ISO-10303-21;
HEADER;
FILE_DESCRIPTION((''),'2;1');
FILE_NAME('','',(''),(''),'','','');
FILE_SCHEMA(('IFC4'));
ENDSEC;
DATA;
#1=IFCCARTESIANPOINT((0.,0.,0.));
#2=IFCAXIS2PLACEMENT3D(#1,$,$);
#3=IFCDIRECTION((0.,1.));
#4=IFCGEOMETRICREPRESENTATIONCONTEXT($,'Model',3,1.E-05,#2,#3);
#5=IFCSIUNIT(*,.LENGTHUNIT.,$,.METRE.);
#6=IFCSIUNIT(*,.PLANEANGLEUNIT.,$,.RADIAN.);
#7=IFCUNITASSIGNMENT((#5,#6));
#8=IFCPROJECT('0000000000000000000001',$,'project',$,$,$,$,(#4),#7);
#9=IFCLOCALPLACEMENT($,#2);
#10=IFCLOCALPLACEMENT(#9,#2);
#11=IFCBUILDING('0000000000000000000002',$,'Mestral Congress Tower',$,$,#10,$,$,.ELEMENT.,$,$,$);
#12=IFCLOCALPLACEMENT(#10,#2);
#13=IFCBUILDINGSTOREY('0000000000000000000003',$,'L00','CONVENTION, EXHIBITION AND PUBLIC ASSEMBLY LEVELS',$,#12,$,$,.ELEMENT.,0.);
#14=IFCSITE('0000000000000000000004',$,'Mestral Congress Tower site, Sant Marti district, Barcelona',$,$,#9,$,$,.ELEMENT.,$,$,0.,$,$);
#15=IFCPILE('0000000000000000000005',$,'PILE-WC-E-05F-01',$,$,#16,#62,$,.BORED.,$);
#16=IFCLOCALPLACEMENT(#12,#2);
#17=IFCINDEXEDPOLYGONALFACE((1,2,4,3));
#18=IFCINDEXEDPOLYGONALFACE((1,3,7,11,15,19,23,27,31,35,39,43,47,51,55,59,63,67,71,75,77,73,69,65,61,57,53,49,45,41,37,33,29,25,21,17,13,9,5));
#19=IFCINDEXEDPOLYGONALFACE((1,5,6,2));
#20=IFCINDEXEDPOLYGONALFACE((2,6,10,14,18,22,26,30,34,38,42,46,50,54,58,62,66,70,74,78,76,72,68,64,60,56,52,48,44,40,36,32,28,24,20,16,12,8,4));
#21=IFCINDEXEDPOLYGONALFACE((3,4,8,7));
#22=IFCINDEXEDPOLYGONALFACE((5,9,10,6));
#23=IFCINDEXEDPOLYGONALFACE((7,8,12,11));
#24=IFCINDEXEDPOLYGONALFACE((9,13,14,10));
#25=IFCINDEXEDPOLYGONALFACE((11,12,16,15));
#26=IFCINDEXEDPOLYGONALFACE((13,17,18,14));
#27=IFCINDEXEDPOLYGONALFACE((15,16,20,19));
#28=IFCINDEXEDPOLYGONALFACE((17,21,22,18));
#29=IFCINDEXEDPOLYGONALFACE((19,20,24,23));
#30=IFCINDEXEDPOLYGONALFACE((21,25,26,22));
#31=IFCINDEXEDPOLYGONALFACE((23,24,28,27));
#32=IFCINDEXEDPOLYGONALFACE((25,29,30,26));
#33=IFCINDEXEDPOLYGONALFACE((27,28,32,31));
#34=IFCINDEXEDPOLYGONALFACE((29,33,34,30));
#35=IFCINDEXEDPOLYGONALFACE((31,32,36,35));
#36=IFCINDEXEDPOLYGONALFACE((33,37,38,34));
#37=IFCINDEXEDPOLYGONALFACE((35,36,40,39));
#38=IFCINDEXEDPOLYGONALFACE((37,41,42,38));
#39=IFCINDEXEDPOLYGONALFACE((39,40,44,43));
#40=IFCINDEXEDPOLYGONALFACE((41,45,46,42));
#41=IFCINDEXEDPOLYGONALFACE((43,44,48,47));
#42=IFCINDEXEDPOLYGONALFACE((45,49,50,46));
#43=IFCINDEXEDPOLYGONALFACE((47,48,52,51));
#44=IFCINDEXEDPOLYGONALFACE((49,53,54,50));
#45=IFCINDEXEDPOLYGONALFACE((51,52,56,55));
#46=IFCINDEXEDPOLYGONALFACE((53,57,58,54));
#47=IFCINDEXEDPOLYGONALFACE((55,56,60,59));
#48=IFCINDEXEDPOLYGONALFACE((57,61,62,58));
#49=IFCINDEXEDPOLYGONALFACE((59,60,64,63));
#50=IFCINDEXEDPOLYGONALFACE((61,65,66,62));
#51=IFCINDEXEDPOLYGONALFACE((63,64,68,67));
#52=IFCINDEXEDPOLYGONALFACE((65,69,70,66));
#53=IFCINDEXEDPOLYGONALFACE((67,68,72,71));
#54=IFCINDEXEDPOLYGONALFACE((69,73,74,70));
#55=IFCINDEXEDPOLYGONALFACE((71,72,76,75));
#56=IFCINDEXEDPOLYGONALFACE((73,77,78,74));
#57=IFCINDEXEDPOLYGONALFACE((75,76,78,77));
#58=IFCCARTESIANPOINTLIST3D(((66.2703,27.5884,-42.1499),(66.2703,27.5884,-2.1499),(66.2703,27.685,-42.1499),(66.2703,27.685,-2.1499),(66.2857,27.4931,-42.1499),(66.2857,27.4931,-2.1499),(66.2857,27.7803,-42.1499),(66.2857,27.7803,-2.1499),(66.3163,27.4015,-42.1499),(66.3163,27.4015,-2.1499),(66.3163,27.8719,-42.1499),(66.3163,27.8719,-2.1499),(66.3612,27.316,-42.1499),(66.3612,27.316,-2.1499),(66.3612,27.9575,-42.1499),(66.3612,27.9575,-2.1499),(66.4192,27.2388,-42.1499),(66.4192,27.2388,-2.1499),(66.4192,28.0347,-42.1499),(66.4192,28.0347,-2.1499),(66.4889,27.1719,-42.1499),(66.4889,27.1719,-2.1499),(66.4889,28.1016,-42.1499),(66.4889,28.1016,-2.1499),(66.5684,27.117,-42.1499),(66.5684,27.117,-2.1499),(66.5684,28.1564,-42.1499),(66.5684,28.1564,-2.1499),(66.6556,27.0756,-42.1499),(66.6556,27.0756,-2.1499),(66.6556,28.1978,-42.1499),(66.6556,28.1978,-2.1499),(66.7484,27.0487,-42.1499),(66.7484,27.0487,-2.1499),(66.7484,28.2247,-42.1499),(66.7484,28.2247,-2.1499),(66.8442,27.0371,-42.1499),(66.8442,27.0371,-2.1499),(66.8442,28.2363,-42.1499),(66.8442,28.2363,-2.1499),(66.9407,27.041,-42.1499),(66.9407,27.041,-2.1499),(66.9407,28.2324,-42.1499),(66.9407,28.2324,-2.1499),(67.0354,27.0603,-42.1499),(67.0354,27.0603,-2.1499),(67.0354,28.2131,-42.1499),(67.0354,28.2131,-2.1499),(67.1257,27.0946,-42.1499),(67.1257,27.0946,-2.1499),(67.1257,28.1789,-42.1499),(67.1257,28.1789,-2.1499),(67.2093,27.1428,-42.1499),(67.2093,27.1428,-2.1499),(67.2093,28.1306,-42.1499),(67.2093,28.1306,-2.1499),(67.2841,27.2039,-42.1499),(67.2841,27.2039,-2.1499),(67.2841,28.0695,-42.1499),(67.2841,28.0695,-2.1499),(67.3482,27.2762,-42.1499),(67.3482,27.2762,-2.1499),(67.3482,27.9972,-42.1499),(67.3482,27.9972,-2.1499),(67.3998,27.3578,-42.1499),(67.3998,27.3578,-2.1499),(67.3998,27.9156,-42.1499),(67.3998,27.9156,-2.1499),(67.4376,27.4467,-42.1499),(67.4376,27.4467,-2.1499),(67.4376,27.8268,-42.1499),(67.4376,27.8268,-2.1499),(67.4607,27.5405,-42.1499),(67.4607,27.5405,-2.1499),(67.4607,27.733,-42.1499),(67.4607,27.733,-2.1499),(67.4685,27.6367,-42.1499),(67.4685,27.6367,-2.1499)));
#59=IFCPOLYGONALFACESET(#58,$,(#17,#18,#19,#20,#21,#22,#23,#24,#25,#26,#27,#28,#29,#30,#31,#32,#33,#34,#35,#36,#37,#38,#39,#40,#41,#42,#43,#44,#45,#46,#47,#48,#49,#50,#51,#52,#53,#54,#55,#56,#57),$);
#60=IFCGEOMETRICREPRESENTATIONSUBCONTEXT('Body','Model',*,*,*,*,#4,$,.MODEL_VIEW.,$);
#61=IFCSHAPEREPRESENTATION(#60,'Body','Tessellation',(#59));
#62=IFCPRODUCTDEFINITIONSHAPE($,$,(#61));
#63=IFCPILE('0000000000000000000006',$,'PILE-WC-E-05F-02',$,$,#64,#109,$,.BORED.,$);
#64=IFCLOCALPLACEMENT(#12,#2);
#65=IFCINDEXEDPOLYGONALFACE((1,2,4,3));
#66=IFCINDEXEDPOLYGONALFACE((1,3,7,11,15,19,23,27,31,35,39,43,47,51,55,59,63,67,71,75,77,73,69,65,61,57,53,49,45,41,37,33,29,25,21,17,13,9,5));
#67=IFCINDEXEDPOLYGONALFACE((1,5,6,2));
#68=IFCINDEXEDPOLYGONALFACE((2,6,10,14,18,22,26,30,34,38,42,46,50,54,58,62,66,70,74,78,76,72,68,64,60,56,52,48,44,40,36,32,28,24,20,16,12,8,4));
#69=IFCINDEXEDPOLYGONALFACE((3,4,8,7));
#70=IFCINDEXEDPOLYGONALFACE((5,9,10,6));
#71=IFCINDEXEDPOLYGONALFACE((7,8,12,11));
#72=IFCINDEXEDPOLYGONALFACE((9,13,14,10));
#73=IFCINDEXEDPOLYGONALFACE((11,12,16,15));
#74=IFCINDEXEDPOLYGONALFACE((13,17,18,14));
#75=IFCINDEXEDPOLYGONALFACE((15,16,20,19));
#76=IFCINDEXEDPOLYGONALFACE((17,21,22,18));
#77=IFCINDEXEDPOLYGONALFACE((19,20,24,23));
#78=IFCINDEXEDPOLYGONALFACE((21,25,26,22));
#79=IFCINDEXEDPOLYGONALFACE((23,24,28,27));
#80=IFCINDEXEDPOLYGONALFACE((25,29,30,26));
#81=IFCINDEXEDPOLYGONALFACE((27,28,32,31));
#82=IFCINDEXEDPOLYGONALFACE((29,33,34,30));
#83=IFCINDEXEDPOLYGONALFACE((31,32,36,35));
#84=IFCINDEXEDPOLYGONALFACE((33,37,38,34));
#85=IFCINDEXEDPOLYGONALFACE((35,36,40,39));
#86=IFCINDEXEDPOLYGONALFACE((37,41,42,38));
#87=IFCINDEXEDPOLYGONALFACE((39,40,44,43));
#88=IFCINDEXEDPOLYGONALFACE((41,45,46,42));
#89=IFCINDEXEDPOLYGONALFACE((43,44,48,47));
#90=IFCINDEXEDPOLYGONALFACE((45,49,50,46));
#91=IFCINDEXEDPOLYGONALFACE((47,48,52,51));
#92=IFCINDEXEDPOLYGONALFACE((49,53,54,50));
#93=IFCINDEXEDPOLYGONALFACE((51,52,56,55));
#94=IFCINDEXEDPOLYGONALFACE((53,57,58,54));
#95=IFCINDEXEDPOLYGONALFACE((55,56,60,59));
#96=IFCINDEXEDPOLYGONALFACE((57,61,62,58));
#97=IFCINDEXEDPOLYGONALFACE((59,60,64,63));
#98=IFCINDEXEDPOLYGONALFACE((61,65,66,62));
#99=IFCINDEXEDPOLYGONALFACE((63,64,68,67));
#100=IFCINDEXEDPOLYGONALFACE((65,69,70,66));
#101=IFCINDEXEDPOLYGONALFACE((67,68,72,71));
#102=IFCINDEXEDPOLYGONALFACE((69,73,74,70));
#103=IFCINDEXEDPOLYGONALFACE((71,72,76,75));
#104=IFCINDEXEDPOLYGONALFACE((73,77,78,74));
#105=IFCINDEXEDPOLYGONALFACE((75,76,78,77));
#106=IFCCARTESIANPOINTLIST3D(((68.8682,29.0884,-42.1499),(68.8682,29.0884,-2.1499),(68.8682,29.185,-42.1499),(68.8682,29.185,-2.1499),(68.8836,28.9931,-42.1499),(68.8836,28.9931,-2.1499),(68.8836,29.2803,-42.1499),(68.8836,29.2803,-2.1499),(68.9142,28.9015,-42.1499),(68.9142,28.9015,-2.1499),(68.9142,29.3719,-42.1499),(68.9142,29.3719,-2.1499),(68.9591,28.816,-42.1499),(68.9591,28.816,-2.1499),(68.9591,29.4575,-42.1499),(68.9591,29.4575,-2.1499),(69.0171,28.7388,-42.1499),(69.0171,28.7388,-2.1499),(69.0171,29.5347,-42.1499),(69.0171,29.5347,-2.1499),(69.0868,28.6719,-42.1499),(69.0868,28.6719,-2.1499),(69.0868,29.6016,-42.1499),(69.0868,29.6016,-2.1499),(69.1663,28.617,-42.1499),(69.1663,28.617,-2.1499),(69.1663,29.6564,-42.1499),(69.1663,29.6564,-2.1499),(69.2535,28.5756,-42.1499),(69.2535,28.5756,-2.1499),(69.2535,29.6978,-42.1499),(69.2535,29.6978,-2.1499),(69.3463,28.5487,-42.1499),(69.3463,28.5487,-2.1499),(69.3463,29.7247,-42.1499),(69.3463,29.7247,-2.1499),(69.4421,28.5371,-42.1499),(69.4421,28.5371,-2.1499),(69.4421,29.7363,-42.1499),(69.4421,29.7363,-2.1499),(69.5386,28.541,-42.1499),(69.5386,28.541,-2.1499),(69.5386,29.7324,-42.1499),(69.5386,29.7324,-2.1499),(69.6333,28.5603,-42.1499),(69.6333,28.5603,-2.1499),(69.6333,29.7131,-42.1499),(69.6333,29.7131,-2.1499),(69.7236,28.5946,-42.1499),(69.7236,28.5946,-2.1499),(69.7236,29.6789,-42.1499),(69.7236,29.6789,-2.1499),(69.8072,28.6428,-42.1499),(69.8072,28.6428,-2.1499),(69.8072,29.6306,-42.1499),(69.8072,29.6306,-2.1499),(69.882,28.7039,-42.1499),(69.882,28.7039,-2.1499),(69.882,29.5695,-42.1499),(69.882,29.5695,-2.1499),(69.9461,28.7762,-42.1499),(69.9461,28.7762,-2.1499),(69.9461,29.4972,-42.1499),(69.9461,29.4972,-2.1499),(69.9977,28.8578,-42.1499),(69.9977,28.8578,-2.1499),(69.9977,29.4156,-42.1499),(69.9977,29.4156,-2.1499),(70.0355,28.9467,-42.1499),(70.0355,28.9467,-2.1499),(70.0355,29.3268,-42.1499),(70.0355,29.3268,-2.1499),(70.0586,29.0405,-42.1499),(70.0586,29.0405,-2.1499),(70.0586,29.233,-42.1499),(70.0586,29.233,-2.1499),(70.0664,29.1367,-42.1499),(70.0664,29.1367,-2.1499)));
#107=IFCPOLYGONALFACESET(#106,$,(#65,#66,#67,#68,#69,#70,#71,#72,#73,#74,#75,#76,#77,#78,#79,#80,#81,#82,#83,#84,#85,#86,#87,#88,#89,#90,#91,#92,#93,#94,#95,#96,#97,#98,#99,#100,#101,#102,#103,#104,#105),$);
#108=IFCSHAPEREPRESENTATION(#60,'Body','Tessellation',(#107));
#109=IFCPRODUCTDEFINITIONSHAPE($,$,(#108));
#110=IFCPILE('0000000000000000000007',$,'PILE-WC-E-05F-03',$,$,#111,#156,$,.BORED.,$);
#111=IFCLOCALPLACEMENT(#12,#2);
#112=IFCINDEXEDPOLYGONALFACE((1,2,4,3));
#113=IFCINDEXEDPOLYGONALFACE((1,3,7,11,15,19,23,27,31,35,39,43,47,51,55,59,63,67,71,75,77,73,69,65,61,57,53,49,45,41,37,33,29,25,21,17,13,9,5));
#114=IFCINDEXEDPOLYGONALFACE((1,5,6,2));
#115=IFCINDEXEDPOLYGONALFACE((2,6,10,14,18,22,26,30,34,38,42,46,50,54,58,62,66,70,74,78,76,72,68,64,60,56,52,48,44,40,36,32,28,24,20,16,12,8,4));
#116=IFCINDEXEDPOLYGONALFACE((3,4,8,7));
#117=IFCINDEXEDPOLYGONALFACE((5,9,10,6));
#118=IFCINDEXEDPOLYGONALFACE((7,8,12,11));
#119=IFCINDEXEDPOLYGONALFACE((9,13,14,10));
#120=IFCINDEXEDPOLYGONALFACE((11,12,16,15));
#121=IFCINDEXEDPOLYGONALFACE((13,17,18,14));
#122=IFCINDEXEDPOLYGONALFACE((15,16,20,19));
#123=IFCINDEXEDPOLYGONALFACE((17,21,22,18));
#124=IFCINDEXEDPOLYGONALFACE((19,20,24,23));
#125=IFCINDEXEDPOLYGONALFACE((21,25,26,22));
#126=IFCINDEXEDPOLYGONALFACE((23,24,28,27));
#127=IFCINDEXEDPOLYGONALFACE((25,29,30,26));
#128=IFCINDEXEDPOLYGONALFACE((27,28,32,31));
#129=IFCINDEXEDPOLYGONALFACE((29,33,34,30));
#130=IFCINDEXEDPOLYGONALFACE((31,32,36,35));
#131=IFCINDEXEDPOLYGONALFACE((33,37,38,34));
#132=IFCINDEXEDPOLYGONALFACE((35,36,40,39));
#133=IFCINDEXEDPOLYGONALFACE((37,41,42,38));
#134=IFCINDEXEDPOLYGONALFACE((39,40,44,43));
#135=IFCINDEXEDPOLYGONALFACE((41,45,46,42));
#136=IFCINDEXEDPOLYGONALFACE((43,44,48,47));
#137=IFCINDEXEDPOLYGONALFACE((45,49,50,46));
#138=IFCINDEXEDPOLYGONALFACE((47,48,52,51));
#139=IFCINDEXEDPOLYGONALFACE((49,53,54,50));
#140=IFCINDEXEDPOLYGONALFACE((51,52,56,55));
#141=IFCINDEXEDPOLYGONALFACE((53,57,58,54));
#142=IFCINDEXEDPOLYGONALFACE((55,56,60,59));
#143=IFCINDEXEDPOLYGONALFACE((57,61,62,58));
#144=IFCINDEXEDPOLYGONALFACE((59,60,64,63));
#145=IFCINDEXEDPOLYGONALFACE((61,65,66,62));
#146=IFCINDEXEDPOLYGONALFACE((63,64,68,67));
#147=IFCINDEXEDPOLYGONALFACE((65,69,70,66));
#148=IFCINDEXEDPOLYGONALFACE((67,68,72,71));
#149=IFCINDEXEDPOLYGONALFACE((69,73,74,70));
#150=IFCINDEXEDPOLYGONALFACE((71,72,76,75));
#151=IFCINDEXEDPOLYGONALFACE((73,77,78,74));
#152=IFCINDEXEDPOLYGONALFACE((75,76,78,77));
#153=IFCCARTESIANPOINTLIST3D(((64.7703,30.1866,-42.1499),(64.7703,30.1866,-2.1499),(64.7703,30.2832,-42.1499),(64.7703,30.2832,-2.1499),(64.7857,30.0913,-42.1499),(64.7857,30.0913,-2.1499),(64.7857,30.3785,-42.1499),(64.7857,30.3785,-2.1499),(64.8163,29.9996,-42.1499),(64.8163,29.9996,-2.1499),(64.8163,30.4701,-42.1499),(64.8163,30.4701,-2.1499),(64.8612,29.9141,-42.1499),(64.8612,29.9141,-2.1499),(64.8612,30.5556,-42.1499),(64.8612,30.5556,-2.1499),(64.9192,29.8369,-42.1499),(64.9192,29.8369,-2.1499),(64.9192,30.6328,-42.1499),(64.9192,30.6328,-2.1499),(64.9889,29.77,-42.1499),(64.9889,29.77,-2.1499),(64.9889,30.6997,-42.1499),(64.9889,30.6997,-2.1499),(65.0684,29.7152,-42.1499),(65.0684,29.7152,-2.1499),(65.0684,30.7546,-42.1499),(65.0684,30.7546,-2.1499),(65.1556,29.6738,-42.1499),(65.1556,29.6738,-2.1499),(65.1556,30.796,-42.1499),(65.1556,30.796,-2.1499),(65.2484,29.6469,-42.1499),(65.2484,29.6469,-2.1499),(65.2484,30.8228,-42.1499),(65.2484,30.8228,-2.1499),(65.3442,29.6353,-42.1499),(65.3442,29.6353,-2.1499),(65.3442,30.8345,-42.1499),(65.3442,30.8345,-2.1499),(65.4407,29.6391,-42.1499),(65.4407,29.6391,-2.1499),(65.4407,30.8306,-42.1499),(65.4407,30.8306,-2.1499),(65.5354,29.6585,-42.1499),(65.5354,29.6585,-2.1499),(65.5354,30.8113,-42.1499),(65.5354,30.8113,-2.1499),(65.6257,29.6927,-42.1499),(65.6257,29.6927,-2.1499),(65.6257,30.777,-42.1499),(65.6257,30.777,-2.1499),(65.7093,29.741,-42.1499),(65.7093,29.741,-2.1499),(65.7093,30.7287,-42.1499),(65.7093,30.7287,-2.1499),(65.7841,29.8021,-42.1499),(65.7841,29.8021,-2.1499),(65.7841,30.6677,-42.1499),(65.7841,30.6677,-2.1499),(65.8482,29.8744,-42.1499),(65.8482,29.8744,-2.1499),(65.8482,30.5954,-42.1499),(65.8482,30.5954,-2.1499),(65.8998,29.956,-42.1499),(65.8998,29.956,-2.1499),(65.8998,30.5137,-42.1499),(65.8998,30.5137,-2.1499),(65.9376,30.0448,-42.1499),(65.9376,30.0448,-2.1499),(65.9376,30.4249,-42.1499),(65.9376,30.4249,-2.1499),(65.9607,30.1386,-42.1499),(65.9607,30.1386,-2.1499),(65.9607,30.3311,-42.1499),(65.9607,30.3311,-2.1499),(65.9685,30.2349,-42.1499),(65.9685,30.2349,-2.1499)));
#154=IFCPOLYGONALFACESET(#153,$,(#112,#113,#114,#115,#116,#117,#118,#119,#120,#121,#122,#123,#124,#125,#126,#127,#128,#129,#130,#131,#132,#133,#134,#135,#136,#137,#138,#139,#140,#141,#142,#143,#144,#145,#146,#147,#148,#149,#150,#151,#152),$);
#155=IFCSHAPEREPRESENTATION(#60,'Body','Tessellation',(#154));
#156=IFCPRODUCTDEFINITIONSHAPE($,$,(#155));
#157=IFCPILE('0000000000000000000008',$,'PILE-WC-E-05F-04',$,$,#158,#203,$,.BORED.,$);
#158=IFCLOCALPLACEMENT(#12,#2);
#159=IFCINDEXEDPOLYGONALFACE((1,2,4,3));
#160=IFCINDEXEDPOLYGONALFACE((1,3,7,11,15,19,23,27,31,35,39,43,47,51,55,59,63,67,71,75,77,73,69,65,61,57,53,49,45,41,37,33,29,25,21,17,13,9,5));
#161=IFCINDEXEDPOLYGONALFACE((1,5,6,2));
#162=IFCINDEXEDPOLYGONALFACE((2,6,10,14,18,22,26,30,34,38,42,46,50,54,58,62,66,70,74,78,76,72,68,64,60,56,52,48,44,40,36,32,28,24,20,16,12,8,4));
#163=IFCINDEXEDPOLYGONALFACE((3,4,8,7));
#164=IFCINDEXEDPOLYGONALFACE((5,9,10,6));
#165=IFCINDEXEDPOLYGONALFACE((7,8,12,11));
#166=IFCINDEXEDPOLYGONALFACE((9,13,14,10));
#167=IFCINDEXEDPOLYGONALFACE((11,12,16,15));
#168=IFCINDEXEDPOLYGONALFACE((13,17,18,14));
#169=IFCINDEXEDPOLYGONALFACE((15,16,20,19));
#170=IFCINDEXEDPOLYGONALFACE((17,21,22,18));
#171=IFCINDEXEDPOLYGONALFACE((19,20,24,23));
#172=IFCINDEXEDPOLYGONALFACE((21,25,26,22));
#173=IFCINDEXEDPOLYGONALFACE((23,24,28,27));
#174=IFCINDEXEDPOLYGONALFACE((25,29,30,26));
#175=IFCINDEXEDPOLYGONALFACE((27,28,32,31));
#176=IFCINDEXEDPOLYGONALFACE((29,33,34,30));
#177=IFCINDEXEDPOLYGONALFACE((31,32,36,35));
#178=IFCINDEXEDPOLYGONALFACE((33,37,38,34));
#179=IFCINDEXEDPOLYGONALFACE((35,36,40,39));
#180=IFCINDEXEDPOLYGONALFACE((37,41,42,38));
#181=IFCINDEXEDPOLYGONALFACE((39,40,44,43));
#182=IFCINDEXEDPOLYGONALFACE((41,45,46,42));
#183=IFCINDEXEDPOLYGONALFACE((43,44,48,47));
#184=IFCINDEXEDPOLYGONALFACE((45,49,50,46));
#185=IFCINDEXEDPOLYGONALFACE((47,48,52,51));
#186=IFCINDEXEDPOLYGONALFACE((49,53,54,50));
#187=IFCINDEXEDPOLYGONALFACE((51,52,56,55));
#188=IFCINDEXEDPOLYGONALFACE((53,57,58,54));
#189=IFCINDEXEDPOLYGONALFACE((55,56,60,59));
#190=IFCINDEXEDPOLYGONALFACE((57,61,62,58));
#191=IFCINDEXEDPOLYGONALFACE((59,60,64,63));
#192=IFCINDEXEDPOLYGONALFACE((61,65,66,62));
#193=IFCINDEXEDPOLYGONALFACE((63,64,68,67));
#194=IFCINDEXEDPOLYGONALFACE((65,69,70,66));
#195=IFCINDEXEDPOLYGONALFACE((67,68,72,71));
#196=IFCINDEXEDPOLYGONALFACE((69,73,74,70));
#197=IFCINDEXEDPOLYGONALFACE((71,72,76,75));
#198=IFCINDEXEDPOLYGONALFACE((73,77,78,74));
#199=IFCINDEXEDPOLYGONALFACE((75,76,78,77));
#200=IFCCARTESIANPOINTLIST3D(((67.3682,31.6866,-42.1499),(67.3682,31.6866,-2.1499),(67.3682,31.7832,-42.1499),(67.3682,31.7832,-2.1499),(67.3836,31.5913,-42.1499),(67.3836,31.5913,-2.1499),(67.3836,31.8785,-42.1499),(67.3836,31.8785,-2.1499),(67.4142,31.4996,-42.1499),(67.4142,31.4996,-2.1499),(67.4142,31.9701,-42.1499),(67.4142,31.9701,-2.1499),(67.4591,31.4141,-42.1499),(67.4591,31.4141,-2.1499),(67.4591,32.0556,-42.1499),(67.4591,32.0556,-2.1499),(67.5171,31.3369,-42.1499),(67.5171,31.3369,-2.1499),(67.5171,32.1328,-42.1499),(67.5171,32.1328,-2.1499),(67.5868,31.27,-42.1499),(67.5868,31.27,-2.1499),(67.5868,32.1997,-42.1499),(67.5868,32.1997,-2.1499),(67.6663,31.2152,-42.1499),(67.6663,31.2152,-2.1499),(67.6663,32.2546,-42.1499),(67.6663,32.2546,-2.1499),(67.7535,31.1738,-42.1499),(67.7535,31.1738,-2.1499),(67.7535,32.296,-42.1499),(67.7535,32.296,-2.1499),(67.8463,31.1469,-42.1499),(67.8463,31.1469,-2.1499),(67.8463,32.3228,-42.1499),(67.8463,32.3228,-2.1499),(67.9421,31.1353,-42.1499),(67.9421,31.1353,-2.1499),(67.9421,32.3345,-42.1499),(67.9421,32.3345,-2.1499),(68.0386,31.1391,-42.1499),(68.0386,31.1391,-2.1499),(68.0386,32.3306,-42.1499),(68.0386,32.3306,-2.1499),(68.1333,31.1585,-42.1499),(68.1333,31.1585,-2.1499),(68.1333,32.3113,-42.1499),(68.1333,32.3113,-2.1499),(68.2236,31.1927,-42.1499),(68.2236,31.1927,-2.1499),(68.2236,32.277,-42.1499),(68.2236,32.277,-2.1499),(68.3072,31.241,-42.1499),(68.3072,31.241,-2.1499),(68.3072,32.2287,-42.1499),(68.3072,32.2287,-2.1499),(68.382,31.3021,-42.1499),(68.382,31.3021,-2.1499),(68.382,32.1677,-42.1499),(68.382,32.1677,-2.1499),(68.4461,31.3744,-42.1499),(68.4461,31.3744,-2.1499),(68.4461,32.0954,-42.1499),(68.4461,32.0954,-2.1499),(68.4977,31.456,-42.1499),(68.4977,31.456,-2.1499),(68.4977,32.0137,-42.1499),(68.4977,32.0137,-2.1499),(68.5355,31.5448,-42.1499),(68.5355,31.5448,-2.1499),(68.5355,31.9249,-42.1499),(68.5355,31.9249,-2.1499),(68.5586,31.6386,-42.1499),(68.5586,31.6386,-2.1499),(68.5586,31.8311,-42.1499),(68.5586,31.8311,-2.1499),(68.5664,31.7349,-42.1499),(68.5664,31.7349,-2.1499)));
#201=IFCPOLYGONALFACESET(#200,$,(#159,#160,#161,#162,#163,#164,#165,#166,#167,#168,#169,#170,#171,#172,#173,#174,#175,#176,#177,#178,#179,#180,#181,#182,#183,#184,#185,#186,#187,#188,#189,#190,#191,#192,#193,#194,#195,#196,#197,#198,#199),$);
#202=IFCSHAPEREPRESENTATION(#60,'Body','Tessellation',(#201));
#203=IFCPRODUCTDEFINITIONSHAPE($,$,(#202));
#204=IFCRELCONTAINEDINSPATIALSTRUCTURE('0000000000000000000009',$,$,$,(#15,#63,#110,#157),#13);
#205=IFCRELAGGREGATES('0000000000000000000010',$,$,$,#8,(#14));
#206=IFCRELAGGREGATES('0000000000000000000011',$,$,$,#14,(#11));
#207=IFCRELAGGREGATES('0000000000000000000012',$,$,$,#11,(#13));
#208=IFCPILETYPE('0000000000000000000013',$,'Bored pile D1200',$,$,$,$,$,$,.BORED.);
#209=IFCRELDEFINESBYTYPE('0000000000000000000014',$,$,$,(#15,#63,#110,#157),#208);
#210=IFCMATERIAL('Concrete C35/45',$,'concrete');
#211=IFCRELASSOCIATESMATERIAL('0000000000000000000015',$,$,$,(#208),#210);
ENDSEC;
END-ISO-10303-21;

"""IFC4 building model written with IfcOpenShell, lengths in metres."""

from ifc_helpers import new_model, si_unit, direction, frame, origin, origin_2d, place, context, subcontext, project, spatial, circle, extrude, material, material_profile, profile_set, type_object, element, save


model = new_model("IFC4")

# Units and contexts
model_context = context("Model", 3, precision=1e-05, world=origin(), true_north=direction((0.0, 1.0)))
body_context = subcontext(model_context, "Body", "Model", "MODEL_VIEW")
ifc_project = project(units=[si_unit("LENGTHUNIT", "METRE"), si_unit("PLANEANGLEUNIT", "RADIAN")], contexts=[model_context])

# Site, building, storey
site_placement = place(None, origin())
site = spatial("IfcSite", under=ifc_project, at=site_placement, Name="Mestral Congress Tower site, Sant Marti district, Barcelona", CompositionType="ELEMENT", RefElevation=0.0)
building_placement = place(site_placement, origin())
building = spatial("IfcBuilding", under=site, at=building_placement, Name="Mestral Congress Tower", CompositionType="ELEMENT")
storey_placement = place(building_placement, origin())
storey = spatial("IfcBuildingStorey", under=building, at=storey_placement, Name="L00", Description="CONVENTION, EXHIBITION AND PUBLIC ASSEMBLY LEVELS", CompositionType="ELEMENT", Elevation=0.0)

# Piles
ifc_material_1 = material(Name="Concrete C35/45", Category="concrete")
ifc_material_profile_1 = material_profile(ifc_material_1, circle(Radius=0.6001, at=origin_2d()), Name="D1200")
ifc_profile_set_1 = profile_set([ifc_material_profile_1], Name="Concrete C35/45")
pile_type = type_object("IfcPileType", Name="Bored pile D1200", PredefinedType="BORED", material=ifc_profile_set_1)
for number, where, z_axis, x_axis, name in (
    (1, (66.8684, 27.6367, -2.1499), (0.0, 0.0, -1.0), (1.0, 0.0, 0.0), "PILE-WC-E-05F-01"),
    (2, (69.4663, 29.1367, -2.1499), (0.0, 0.0, -1.0), (1.0, 0.0, 0.0), "PILE-WC-E-05F-02"),
    (3, (65.3684, 30.2349, -2.1499), (0.0, 0.0, -1.0), (1.0, 0.0, 0.0), "PILE-WC-E-05F-03"),
    (4, (67.9663, 31.7349, -2.1499), (0.0, 0.0, -1.0), (1.0, 0.0, 0.0), "PILE-WC-E-05F-04"),
):
    element("IfcPile", number, at=place(storey_placement, frame(where, z_axis=z_axis, x_axis=x_axis)), inside=storey, type_object=pile_type, Name=name, PredefinedType="BORED", context=body_context, shape_type="SweptSolid", body=[
        extrude(circle(Radius=0.6001, at=origin_2d()), origin(), (0.0, 0.0, 1.0), 40.0),
    ])

save(model, "model.ifc")
